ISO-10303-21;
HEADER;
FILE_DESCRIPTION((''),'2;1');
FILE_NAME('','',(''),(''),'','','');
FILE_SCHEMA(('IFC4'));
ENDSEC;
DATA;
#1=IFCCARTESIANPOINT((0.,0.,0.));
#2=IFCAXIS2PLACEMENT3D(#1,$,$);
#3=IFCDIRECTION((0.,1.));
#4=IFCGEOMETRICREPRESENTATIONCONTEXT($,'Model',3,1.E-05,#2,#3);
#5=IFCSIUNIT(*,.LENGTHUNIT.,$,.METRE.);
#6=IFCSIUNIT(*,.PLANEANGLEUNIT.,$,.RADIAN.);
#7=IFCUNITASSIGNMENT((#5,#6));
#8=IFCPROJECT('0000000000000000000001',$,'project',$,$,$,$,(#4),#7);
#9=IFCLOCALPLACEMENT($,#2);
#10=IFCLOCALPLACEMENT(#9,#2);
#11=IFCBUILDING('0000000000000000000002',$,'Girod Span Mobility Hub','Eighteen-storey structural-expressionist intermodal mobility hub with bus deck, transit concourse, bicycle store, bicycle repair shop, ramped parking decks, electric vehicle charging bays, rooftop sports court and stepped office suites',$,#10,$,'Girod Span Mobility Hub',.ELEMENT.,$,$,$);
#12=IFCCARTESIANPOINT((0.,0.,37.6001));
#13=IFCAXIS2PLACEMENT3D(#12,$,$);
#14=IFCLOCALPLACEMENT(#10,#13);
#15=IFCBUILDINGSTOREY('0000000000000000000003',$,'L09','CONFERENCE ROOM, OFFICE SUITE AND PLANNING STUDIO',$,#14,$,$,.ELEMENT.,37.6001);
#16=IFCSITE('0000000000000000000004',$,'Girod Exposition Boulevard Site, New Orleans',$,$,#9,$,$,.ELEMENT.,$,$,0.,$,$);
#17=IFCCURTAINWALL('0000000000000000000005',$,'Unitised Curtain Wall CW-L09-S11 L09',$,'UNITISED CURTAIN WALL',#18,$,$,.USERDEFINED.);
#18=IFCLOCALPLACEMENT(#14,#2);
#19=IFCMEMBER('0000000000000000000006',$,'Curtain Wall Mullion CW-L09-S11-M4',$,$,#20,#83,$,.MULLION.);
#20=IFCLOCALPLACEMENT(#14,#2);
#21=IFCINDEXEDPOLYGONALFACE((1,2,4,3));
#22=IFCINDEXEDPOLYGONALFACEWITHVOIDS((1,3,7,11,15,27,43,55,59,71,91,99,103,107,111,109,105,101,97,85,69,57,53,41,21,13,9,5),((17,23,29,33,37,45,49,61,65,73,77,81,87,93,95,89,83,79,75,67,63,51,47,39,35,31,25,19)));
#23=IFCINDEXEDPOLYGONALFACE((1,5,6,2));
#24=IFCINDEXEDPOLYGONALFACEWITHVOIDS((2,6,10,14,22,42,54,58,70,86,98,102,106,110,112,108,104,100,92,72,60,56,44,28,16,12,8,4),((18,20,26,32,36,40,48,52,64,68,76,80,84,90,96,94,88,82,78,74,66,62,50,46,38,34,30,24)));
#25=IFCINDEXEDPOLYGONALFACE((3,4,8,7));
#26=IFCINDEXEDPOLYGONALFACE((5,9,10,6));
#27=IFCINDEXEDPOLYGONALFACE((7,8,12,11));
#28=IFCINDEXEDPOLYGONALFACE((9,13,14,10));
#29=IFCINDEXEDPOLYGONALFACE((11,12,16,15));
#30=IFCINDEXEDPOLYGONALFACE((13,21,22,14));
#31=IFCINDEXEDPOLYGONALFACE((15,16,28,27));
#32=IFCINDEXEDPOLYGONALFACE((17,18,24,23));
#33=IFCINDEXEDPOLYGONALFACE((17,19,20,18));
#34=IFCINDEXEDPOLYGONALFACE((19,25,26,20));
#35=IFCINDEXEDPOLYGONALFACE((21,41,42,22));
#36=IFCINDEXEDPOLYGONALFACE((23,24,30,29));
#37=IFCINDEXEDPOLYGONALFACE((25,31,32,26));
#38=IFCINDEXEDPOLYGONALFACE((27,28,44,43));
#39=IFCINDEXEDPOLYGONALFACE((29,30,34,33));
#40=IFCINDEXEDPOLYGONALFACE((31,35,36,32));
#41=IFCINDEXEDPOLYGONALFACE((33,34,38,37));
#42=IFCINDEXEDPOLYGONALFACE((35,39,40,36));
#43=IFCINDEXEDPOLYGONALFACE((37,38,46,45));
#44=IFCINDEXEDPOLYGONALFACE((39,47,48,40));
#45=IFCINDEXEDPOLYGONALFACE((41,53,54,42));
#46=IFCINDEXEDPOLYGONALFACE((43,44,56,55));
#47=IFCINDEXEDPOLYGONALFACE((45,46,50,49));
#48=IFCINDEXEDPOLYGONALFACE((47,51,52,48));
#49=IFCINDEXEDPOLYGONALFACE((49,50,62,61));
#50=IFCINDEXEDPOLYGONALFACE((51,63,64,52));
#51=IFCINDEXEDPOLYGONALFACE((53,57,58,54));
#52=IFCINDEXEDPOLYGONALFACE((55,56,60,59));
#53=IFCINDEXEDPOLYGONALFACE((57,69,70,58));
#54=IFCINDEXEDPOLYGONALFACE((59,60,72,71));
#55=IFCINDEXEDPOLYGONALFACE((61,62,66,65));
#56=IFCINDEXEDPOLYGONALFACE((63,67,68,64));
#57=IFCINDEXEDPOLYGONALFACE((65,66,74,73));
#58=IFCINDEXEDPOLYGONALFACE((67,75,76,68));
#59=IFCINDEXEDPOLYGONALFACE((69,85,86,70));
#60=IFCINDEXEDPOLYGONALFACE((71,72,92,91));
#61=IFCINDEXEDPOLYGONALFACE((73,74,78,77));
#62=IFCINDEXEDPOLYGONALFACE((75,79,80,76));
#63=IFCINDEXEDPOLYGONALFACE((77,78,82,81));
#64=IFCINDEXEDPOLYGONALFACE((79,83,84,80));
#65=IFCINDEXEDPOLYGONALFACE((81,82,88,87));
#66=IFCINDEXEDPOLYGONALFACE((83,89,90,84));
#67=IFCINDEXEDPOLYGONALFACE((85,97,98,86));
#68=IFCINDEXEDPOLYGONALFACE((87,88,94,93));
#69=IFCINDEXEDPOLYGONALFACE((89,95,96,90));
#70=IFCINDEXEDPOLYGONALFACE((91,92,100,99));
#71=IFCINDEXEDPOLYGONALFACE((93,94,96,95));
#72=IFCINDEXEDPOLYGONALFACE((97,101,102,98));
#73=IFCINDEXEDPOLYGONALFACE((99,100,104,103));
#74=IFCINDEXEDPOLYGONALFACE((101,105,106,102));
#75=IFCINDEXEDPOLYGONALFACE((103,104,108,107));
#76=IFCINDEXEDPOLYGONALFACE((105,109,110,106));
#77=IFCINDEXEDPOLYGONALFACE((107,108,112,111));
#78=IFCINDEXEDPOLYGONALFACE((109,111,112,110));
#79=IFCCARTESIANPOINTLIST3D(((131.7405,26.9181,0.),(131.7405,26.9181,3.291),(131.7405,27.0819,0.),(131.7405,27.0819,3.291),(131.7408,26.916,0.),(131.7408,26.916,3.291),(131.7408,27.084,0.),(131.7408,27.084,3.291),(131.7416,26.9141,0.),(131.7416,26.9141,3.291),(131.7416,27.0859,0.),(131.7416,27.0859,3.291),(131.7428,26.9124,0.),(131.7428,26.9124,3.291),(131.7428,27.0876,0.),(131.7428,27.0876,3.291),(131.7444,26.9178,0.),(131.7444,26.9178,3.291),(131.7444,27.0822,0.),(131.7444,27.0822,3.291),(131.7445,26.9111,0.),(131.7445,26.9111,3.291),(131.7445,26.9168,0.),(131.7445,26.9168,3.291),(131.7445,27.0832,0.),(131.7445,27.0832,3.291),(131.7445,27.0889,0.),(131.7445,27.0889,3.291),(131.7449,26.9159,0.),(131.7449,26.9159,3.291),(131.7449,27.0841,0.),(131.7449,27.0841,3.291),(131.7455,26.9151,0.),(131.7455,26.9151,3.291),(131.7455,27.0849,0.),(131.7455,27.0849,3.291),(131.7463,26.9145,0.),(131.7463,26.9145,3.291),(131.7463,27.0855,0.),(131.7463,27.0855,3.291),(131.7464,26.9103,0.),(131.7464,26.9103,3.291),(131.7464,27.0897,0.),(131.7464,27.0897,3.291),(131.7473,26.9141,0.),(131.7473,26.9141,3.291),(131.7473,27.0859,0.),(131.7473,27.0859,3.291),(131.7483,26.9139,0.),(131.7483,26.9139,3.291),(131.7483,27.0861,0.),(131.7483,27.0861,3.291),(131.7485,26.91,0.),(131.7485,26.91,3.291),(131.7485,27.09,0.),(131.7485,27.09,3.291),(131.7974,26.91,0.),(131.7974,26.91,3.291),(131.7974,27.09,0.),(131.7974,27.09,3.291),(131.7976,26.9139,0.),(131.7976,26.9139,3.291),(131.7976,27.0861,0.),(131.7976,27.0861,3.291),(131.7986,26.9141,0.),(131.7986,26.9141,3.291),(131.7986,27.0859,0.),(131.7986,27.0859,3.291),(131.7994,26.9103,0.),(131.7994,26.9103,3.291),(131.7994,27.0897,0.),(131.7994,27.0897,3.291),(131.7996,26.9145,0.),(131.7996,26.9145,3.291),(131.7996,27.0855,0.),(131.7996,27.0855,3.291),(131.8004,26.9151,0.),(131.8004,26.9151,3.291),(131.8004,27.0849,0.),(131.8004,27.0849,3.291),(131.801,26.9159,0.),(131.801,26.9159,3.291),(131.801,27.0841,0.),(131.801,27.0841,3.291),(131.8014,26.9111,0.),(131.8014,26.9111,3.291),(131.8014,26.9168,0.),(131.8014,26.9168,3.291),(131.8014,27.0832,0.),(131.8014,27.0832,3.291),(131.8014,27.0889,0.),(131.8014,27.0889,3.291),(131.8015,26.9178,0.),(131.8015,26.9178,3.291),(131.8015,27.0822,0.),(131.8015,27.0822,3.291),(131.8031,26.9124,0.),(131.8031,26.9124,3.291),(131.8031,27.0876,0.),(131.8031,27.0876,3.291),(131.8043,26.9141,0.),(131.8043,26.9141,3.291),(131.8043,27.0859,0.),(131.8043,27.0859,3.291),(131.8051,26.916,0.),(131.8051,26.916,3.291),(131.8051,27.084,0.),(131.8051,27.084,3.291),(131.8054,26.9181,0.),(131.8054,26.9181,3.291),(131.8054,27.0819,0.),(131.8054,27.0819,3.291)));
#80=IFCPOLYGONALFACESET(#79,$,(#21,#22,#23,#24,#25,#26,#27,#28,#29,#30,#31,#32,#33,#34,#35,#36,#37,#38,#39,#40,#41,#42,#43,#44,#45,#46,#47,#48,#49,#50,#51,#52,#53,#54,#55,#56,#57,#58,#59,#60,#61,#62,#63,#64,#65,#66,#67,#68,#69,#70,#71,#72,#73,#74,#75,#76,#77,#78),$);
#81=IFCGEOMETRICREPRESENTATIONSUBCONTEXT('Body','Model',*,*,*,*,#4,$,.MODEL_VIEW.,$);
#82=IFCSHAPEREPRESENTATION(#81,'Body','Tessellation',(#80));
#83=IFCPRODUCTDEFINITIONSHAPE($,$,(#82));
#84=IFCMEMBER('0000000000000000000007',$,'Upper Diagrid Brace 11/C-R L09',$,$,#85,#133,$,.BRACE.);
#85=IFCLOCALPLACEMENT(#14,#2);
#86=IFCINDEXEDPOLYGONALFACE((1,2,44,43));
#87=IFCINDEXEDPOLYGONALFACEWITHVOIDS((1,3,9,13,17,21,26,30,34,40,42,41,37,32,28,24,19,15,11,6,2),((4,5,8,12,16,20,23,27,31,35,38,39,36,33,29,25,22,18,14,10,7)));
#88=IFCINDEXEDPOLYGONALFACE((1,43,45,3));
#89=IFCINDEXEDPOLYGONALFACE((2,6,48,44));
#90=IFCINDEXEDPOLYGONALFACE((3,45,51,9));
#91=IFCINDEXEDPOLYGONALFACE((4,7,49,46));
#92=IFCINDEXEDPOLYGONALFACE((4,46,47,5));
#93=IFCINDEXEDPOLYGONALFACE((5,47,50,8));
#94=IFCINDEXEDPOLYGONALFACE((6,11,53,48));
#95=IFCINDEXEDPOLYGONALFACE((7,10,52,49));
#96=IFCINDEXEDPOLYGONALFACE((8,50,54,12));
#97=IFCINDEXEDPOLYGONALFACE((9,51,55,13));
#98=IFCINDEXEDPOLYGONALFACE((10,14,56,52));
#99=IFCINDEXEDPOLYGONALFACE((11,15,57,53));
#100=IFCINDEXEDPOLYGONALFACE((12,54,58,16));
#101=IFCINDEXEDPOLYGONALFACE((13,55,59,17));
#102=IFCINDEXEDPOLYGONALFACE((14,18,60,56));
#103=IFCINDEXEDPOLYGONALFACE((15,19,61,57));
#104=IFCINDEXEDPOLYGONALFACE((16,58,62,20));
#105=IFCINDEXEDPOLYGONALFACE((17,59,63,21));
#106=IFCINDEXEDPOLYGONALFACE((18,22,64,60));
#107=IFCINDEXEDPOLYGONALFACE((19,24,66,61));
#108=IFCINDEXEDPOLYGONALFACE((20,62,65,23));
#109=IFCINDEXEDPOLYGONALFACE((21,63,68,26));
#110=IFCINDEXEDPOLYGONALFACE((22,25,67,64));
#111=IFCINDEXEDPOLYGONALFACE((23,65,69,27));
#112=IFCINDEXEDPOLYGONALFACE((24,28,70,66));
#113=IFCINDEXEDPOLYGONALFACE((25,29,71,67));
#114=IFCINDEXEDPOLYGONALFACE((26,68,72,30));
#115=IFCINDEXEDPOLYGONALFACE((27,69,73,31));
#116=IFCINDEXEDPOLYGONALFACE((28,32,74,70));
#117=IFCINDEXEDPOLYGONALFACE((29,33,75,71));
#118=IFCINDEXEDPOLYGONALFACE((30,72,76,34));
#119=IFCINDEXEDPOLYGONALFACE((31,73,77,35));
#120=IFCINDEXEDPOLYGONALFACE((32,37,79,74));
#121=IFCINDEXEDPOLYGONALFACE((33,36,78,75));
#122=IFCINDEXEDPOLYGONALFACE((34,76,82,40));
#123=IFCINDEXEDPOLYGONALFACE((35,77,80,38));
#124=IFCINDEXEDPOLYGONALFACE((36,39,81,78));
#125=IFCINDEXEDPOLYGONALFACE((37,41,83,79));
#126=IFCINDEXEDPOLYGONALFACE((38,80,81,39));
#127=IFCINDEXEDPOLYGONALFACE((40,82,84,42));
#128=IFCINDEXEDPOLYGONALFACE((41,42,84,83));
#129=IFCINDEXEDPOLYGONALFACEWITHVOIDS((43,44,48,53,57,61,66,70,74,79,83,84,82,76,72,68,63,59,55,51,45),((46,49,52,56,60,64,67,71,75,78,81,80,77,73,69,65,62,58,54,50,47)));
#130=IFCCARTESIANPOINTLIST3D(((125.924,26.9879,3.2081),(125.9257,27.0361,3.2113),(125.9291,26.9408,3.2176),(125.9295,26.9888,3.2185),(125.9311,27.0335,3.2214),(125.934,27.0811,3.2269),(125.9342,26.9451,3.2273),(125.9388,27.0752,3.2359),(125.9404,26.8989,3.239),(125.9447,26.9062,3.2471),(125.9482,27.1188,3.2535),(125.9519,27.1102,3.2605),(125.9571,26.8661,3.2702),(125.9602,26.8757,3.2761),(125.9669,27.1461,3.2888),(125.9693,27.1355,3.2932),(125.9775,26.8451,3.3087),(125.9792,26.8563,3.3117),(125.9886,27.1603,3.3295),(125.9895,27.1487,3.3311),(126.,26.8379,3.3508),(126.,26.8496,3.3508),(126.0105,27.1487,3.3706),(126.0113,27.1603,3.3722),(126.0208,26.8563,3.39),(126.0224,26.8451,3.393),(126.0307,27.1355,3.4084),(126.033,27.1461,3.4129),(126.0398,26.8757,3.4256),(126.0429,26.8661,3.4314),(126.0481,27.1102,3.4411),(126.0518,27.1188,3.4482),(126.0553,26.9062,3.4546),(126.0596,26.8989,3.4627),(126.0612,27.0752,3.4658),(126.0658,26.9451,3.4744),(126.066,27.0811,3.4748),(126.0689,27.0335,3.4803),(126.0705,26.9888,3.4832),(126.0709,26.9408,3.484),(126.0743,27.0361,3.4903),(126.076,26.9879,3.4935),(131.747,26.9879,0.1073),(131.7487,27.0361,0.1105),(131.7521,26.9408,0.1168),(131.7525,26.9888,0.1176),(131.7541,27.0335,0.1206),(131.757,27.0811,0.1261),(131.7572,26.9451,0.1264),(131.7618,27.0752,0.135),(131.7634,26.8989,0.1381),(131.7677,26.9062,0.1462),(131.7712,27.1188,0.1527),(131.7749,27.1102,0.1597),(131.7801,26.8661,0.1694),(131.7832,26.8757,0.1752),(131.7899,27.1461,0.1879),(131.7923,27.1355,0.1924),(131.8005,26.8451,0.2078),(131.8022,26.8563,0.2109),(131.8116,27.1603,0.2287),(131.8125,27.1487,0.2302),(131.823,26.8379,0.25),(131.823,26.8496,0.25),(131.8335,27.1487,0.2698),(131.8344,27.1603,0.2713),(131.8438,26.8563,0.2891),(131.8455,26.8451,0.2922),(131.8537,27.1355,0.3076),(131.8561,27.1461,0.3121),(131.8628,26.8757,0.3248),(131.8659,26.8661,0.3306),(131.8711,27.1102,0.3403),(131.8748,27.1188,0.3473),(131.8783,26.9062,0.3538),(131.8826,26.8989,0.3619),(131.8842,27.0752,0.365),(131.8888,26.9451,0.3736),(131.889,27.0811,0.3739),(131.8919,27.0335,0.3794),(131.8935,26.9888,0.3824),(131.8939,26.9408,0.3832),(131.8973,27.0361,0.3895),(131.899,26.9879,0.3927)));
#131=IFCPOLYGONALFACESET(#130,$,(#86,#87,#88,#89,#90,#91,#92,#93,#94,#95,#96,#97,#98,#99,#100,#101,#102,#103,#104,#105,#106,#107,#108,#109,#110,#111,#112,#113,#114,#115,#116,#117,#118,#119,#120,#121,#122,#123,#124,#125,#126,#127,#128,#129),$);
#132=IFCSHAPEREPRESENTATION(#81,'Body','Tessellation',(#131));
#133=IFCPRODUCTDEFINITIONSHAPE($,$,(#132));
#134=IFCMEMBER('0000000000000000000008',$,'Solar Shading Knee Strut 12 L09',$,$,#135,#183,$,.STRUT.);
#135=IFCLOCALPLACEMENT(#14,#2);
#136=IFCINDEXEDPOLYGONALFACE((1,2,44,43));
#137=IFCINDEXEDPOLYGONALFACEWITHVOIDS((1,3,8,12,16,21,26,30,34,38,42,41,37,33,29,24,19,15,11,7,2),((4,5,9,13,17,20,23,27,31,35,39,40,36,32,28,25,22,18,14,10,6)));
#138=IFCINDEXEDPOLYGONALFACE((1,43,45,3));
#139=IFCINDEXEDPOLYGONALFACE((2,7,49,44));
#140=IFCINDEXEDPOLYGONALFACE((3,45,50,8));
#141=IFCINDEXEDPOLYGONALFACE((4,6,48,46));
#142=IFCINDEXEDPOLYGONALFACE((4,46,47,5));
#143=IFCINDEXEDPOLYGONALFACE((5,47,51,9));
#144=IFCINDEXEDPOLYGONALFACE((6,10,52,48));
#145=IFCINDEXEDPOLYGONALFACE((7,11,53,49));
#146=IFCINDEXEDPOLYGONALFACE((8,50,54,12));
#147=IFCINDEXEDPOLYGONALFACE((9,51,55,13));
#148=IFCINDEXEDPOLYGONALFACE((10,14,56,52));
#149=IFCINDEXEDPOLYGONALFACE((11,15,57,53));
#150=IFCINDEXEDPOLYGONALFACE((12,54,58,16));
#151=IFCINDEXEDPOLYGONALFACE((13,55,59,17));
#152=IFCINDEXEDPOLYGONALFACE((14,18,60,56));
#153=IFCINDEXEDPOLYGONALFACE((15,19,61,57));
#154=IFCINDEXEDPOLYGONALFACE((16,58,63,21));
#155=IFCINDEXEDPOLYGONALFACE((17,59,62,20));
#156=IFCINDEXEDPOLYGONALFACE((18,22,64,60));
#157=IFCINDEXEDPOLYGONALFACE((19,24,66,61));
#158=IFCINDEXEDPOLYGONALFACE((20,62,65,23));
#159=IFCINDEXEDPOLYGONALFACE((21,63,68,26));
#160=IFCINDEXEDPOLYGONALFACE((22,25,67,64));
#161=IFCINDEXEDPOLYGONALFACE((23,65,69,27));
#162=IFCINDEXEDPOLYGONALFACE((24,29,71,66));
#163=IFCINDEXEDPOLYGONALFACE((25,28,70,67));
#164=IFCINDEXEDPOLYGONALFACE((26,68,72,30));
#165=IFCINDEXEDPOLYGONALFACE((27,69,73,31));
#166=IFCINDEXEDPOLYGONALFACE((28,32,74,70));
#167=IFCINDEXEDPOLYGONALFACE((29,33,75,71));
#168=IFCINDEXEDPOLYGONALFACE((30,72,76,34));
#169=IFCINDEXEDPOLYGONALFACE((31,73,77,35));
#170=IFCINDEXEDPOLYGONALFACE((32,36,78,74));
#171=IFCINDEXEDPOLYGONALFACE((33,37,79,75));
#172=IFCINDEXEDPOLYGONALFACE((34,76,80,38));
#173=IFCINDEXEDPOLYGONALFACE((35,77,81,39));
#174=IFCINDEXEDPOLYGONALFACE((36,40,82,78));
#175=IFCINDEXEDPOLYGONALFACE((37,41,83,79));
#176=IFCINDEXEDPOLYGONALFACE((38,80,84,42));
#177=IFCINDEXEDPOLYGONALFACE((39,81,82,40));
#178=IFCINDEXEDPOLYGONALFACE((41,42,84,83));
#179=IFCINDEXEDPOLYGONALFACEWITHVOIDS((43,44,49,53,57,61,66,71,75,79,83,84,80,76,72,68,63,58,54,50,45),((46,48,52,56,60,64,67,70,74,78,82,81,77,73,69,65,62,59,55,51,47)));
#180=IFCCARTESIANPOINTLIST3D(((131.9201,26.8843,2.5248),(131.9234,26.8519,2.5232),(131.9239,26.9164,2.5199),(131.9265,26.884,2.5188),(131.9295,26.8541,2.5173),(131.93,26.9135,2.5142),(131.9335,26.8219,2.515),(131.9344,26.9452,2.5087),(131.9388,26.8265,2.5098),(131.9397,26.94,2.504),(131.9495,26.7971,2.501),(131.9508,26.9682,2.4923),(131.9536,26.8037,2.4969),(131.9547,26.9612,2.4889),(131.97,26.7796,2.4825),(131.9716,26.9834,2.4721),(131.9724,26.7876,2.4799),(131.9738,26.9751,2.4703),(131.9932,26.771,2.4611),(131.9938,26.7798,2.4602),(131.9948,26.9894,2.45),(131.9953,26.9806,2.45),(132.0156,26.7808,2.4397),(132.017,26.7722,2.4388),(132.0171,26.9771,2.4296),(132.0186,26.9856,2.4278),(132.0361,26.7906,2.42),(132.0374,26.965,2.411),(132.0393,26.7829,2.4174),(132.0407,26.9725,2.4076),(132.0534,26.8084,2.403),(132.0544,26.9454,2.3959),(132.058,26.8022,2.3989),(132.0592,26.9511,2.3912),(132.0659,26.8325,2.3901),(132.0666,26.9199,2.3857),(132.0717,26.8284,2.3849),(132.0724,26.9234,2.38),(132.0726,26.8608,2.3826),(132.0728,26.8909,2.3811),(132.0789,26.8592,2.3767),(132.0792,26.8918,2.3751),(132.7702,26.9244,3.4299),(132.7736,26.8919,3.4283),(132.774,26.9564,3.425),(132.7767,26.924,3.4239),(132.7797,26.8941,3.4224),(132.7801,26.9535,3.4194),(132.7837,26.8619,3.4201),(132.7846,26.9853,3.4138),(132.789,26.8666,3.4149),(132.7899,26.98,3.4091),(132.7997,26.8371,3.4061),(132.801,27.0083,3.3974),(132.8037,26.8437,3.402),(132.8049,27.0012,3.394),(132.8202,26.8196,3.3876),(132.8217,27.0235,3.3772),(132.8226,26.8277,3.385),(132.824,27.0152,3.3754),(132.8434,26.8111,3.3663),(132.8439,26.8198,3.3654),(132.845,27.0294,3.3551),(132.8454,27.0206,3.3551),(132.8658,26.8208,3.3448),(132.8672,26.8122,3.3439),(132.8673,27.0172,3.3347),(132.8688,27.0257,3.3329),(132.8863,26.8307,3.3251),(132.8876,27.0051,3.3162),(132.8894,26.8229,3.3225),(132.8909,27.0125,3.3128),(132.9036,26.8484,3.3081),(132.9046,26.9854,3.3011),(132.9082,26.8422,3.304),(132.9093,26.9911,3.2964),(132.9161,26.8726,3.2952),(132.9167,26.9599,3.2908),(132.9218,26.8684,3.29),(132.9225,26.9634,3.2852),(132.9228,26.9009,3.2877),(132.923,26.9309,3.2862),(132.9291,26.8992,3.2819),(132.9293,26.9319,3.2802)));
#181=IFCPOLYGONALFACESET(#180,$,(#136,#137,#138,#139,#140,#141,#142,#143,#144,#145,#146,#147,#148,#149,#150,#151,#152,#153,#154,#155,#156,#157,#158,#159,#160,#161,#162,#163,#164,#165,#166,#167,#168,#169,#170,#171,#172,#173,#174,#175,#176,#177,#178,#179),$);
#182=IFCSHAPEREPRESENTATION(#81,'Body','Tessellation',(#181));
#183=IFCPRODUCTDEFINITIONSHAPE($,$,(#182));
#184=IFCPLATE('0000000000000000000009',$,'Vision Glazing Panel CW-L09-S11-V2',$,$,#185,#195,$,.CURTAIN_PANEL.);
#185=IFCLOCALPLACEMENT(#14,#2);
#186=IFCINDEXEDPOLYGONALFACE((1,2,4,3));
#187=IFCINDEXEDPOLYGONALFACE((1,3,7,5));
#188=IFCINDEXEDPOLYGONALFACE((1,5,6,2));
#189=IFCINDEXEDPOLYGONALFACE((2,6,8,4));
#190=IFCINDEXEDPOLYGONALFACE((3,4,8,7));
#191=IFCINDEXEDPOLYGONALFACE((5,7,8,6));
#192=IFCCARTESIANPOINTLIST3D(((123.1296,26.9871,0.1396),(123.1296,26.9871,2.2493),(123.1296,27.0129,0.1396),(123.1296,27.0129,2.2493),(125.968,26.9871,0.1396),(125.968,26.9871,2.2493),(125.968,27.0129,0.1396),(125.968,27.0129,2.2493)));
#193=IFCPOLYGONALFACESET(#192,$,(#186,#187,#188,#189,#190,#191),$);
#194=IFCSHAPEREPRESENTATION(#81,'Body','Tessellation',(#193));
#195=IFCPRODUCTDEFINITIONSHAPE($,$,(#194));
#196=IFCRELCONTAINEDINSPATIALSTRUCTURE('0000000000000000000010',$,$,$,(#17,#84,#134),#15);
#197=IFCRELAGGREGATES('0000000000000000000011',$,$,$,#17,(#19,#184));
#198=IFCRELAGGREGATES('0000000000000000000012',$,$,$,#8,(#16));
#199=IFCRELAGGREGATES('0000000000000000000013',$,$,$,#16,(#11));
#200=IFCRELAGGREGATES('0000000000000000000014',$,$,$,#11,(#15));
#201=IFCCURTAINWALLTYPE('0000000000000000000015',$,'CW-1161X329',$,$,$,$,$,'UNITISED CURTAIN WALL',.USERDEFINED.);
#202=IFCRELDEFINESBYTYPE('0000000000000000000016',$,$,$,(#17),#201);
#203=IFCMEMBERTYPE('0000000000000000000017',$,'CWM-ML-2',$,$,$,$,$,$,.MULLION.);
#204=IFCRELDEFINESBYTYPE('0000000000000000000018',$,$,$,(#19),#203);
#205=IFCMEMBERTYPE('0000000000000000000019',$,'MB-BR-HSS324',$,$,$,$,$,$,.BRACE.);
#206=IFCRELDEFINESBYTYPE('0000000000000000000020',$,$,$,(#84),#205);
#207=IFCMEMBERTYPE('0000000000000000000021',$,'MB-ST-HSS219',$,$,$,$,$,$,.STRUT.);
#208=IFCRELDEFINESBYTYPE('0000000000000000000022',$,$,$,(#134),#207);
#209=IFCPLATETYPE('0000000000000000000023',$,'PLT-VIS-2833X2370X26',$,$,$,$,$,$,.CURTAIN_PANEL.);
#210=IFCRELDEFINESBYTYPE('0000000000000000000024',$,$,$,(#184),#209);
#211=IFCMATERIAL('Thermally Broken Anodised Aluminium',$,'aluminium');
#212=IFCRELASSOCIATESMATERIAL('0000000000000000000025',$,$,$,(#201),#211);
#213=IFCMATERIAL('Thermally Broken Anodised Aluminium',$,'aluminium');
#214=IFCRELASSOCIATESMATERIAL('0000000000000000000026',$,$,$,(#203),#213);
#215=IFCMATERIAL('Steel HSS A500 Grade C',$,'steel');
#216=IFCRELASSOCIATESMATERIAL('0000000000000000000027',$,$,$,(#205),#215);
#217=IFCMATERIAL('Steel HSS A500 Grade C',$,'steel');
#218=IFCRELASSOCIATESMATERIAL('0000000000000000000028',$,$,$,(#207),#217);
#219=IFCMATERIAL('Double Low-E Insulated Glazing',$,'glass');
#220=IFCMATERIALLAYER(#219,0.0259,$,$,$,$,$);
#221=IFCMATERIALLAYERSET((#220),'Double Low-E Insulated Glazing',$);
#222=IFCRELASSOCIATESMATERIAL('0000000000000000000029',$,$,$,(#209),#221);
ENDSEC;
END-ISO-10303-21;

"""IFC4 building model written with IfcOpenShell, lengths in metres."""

from ifc_helpers import new_model, si_unit, direction, frame, origin, origin_2d, place, context, subcontext, project, spatial, rectangle, hollow_rectangle, hollow_circle, extrude, material, layer, layer_set, material_profile, profile_set, type_object, element, aggregate, save


model = new_model("IFC4")

# Units and contexts
model_context = context("Model", 3, precision=1e-05, world=origin(), true_north=direction((0.0, 1.0)))
body_context = subcontext(model_context, "Body", "Model", "MODEL_VIEW")
ifc_project = project(units=[si_unit("LENGTHUNIT", "METRE"), si_unit("PLANEANGLEUNIT", "RADIAN")], contexts=[model_context])

# Site, building, storey
site_placement = place(None, origin())
site = spatial("IfcSite", under=ifc_project, at=site_placement, Name="Girod Exposition Boulevard Site, New Orleans", CompositionType="ELEMENT", RefElevation=0.0)
building_placement = place(site_placement, origin())
building = spatial("IfcBuilding", under=site, at=building_placement, Name="Girod Span Mobility Hub", Description="Eighteen-storey structural-expressionist intermodal mobility hub with bus deck, transit concourse, bicycle store, bicycle repair shop, ramped parking decks, electric vehicle charging bays, rooftop sports court and stepped office suites", LongName="Girod Span Mobility Hub", CompositionType="ELEMENT")
storey_placement = place(building_placement, frame((0.0, 0.0, 37.6001)))
storey = spatial("IfcBuildingStorey", under=building, at=storey_placement, Name="L09", Description="CONFERENCE ROOM, OFFICE SUITE AND PLANNING STUDIO", CompositionType="ELEMENT", Elevation=37.6001)

# Curtain wall, member
ifc_material_1 = material(Name="Thermally Broken Anodised Aluminium", Category="aluminium")
curtain_wall_type = type_object("IfcCurtainWallType", Name="CW-1161X329", ElementType="UNITISED CURTAIN WALL", PredefinedType="USERDEFINED", material=ifc_material_1)
curtain_wall_placement = place(storey_placement, origin())
curtain_wall = element("IfcCurtainWall", 1, at=curtain_wall_placement, inside=storey, type_object=curtain_wall_type, Name="Unitised Curtain Wall CW-L09-S11 L09", ObjectType="UNITISED CURTAIN WALL", PredefinedType="USERDEFINED")
ifc_material_2 = material(Name="Thermally Broken Anodised Aluminium", Category="aluminium")
ifc_material_profile_1 = material_profile(ifc_material_2, hollow_rectangle(XDim=0.1799, YDim=0.0649, WallThickness=0.0039, InnerFilletRadius=0.0039, OuterFilletRadius=0.0081, at=origin_2d()), Name="CW-ML-65X180")
ifc_profile_set_1 = profile_set([ifc_material_profile_1], Name="Thermally Broken Anodised Aluminium")
member_type_1 = type_object("IfcMemberType", Name="CWM-ML-2", PredefinedType="MULLION", material=ifc_profile_set_1)
member_1_placement = place(storey_placement, frame((131.7729, 27.0, 0.0), z_axis=(0.0, 0.0, 1.0), x_axis=(0.0, 1.0, 0.0)))
member_1 = element("IfcMember", 2, at=member_1_placement, type_object=member_type_1, Name="Curtain Wall Mullion CW-L09-S11-M4", PredefinedType="MULLION", context=body_context, shape_type="SweptSolid", body=[
    extrude(hollow_rectangle(XDim=0.1799, YDim=0.0649, WallThickness=0.0039, InnerFilletRadius=0.0039, OuterFilletRadius=0.0081, at=origin_2d()), origin(), (0.0, 0.0, 1.0), 3.291),
])

# Members
ifc_material_3 = material(Name="Steel HSS A500 Grade C", Category="steel")
ifc_material_profile_2 = material_profile(ifc_material_3, hollow_circle(Radius=0.1621, WallThickness=0.0117, at=origin_2d()), Name="HSS324X12.7")
ifc_profile_set_2 = profile_set([ifc_material_profile_2], Name="Steel HSS A500 Grade C")
member_type_2 = type_object("IfcMemberType", Name="MB-BR-HSS324", PredefinedType="BRACE", material=ifc_profile_set_2)
member_2_placement = place(storey_placement, frame((131.823, 27.0, 0.25), z_axis=(-0.882653, 0.0, 0.470025), x_axis=(0.0, -1.0, 0.0)))
element("IfcMember", 3, at=member_2_placement, inside=storey, type_object=member_type_2, Name="Upper Diagrid Brace 11/C-R L09", PredefinedType="BRACE", context=body_context, shape_type="SweptSolid", body=[
    extrude(hollow_circle(Radius=0.1621, WallThickness=0.0117, at=origin_2d()), origin(), (0.0, 0.0, 1.0), 6.5972),
])
ifc_material_4 = material(Name="Steel HSS A500 Grade C", Category="steel")
ifc_material_profile_3 = material_profile(ifc_material_4, hollow_circle(Radius=0.1096, WallThickness=0.0088, at=origin_2d()), Name="HSS219X9.5")
ifc_profile_set_3 = profile_set([ifc_material_profile_3], Name="Steel HSS A500 Grade C")
member_type_3 = type_object("IfcMemberType", Name="MB-ST-HSS219", PredefinedType="STRUT", material=ifc_profile_set_3)
member_3_placement = place(storey_placement, frame((132.0, 26.8799, 2.45), z_axis=(0.684285, 0.032229, 0.728502), x_axis=(-0.047047, 0.998893, 0.0)))
element("IfcMember", 4, at=member_3_placement, inside=storey, type_object=member_type_3, Name="Solar Shading Knee Strut 12 L09", PredefinedType="STRUT", context=body_context, shape_type="SweptSolid", body=[
    extrude(hollow_circle(Radius=0.1096, WallThickness=0.0088, at=origin_2d()), origin(), (0.0, 0.0, 1.0), 1.2424),
])

# Plate
ifc_material_5 = material(Name="Double Low-E Insulated Glazing", Category="glass")
ifc_layer_1 = layer(ifc_material_5, 0.0259)
ifc_layer_set_1 = layer_set([ifc_layer_1], Name="Double Low-E Insulated Glazing")
plate_type = type_object("IfcPlateType", Name="PLT-VIS-2833X2370X26", PredefinedType="CURTAIN_PANEL", material=ifc_layer_set_1)
plate_1_placement = place(storey_placement, frame((124.5488, 27.0, 0.1396), z_axis=(0.0, 0.0, 1.0), x_axis=(1.0, 0.0, 0.0)))
plate_1 = element("IfcPlate", 5, at=plate_1_placement, type_object=plate_type, Name="Vision Glazing Panel CW-L09-S11-V2", PredefinedType="CURTAIN_PANEL", context=body_context, shape_type="SweptSolid", body=[
    extrude(rectangle(XDim=2.8384, YDim=0.0259, at=origin_2d()), origin(), (0.0, 0.0, 1.0), 2.1096),
])
aggregate(curtain_wall, [member_1, plate_1])

save(model, "model.ifc")
